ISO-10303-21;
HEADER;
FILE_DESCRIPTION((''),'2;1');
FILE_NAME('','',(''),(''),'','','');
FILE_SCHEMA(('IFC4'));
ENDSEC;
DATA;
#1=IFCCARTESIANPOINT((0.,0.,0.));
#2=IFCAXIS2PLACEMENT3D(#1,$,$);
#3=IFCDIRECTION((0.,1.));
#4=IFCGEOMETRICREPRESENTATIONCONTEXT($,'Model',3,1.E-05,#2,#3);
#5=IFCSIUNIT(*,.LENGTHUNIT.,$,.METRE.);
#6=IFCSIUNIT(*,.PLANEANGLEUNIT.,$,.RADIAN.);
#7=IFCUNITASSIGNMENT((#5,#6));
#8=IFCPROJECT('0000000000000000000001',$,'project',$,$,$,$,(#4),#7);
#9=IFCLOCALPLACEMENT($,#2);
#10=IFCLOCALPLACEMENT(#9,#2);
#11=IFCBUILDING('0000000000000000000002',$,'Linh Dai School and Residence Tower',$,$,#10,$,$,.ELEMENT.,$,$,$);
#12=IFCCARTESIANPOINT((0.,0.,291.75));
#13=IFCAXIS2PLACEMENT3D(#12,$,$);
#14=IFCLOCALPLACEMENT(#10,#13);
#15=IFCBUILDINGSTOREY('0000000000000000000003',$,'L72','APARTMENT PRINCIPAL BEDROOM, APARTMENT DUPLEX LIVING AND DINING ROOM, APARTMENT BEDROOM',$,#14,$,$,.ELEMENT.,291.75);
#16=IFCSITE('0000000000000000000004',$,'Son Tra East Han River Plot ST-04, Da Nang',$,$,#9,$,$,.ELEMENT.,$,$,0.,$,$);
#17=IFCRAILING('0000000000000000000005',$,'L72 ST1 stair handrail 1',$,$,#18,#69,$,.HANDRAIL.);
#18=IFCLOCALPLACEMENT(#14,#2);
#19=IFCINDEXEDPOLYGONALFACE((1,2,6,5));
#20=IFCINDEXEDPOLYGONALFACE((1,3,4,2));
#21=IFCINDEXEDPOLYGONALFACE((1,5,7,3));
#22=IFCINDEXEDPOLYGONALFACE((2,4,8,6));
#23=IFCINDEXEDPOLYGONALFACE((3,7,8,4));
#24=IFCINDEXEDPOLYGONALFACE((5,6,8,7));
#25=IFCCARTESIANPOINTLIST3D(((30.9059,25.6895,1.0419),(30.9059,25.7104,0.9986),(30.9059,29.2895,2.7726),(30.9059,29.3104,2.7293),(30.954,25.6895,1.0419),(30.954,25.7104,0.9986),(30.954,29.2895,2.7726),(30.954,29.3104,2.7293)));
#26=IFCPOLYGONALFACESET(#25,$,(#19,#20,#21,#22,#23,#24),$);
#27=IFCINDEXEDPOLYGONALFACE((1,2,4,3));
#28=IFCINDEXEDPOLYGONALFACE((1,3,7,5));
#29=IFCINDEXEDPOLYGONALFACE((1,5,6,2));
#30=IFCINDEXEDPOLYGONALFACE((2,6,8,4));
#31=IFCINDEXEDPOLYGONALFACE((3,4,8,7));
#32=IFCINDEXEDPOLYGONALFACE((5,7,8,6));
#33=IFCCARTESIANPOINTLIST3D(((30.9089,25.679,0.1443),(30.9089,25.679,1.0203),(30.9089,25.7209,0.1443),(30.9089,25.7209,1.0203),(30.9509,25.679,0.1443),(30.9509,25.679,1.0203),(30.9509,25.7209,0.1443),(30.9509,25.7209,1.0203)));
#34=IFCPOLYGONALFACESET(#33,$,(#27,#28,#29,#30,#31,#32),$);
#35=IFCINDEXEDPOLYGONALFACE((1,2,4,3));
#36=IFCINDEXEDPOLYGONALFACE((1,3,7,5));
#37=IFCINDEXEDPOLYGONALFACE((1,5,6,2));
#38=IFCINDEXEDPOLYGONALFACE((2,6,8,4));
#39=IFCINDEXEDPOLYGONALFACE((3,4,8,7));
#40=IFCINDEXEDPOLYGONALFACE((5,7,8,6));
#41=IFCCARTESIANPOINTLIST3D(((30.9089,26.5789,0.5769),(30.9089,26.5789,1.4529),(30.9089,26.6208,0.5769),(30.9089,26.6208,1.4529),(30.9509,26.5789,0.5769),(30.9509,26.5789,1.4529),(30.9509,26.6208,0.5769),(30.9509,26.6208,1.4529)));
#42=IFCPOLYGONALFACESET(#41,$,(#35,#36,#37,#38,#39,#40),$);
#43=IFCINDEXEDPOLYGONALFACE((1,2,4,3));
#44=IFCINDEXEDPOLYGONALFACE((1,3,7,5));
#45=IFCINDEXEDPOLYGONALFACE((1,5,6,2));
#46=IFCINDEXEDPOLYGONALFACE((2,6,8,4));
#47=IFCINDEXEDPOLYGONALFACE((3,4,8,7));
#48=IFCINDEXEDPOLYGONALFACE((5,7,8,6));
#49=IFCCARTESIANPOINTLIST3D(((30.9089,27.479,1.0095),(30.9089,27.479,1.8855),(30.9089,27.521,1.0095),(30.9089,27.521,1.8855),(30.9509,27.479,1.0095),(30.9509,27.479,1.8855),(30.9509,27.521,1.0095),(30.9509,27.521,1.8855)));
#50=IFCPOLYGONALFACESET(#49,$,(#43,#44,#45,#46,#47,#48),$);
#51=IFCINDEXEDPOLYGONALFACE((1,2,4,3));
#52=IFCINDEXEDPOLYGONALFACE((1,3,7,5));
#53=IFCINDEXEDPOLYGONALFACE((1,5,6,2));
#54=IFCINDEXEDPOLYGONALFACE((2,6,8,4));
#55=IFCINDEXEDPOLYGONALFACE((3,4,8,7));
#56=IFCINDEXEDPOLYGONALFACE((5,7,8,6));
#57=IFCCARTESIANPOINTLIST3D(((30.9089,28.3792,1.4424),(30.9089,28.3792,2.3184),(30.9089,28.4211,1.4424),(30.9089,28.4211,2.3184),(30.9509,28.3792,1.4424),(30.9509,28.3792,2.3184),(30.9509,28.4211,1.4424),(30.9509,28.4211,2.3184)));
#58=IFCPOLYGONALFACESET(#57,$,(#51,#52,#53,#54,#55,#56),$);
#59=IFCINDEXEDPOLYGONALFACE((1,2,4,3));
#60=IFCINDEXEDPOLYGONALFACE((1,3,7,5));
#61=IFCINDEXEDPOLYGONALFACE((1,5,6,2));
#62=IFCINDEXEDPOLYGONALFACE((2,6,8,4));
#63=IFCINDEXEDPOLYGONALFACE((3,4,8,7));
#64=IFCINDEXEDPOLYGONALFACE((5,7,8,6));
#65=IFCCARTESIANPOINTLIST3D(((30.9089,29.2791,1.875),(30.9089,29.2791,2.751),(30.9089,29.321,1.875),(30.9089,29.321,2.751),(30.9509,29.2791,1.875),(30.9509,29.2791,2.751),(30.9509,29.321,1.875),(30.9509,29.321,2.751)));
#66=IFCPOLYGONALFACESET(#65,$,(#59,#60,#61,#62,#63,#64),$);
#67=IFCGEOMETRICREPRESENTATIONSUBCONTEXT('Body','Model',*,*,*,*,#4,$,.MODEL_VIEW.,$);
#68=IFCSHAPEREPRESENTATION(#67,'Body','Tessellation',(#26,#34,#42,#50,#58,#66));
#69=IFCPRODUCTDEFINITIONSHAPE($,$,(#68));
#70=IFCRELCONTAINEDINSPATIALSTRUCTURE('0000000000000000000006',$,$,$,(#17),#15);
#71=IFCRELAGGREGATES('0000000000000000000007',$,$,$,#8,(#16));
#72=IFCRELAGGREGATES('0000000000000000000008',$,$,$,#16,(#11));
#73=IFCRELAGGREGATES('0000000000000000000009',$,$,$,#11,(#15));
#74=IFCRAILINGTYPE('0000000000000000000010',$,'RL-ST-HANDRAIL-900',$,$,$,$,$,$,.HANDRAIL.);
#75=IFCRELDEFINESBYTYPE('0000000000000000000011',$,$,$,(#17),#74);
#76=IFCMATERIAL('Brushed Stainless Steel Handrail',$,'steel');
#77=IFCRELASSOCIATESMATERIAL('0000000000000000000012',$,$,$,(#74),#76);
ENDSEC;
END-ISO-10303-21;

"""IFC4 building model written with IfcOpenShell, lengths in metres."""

from ifc_helpers import new_model, si_unit, direction, frame, origin, origin_2d, place, context, subcontext, project, spatial, rectangle, extrude, source, transform, mapped, material, type_object, element, save


model = new_model("IFC4")

# Units and contexts
model_context = context("Model", 3, precision=1e-05, world=origin(), true_north=direction((0.0, 1.0)))
body_context = subcontext(model_context, "Body", "Model", "MODEL_VIEW")
ifc_project = project(units=[si_unit("LENGTHUNIT", "METRE"), si_unit("PLANEANGLEUNIT", "RADIAN")], contexts=[model_context])

# Site, building, storey
site_placement = place(None, origin())
site = spatial("IfcSite", under=ifc_project, at=site_placement, Name="Son Tra East Han River Plot ST-04, Da Nang", CompositionType="ELEMENT", RefElevation=0.0)
building_placement = place(site_placement, origin())
building = spatial("IfcBuilding", under=site, at=building_placement, Name="Linh Dai School and Residence Tower", CompositionType="ELEMENT")
storey_placement = place(building_placement, frame((0.0, 0.0, 291.75)))
storey = spatial("IfcBuildingStorey", under=building, at=storey_placement, Name="L72", Description="APARTMENT PRINCIPAL BEDROOM, APARTMENT DUPLEX LIVING AND DINING ROOM, APARTMENT BEDROOM", CompositionType="ELEMENT", Elevation=291.75)

# Railing
ifc_material_1 = material(Name="Brushed Stainless Steel Handrail", Category="steel")
railing_type_1 = type_object("IfcRailingType", Name="RL-ST-HANDRAIL-900", PredefinedType="HANDRAIL", material=ifc_material_1)
shared_shape_1 = source(origin(), body_context, "Body", "SweptSolid", [
    extrude(rectangle(XDim=0.0481, YDim=0.0481, at=origin_2d()), frame((0.0, 0.0, 0.876), z_axis=(0.0, 0.901263, 0.433273), x_axis=(-1.0, 0.0, 0.0)), (0.0, 0.0, 1.0), 3.9944),
    extrude(rectangle(XDim=0.042, YDim=0.042, at=origin_2d()), origin(), (0.0, 0.0, 1.0), 0.876),
    extrude(rectangle(XDim=0.042, YDim=0.042, at=origin_2d()), frame((0.0, 0.8999, 0.4326)), (0.0, 0.0, 1.0), 0.876),
    extrude(rectangle(XDim=0.042, YDim=0.042, at=origin_2d()), frame((0.0, 1.8, 0.8652)), (0.0, 0.0, 1.0), 0.876),
    extrude(rectangle(XDim=0.042, YDim=0.042, at=origin_2d()), frame((0.0, 2.7002, 1.2981)), (0.0, 0.0, 1.0), 0.876),
    extrude(rectangle(XDim=0.042, YDim=0.042, at=origin_2d()), frame((0.0, 3.6001, 1.7307)), (0.0, 0.0, 1.0), 0.876),
])
railing_1_placement = place(storey_placement, frame((30.9299, 25.7, 0.1443)))
element("IfcRailing", 1, at=railing_1_placement, inside=storey, type_object=railing_type_1, Name="L72 ST1 stair handrail 1", PredefinedType="HANDRAIL", context=body_context, shape_type="MappedRepresentation", body=[
    mapped(shared_shape_1, transform((0.0, 0.0, 0.0), x_axis=(1.0, 0.0, 0.0), y_axis=(0.0, 1.0, 0.0), z_axis=(0.0, 0.0, 1.0), scale=1.0)),
])

save(model, "model.ifc")
